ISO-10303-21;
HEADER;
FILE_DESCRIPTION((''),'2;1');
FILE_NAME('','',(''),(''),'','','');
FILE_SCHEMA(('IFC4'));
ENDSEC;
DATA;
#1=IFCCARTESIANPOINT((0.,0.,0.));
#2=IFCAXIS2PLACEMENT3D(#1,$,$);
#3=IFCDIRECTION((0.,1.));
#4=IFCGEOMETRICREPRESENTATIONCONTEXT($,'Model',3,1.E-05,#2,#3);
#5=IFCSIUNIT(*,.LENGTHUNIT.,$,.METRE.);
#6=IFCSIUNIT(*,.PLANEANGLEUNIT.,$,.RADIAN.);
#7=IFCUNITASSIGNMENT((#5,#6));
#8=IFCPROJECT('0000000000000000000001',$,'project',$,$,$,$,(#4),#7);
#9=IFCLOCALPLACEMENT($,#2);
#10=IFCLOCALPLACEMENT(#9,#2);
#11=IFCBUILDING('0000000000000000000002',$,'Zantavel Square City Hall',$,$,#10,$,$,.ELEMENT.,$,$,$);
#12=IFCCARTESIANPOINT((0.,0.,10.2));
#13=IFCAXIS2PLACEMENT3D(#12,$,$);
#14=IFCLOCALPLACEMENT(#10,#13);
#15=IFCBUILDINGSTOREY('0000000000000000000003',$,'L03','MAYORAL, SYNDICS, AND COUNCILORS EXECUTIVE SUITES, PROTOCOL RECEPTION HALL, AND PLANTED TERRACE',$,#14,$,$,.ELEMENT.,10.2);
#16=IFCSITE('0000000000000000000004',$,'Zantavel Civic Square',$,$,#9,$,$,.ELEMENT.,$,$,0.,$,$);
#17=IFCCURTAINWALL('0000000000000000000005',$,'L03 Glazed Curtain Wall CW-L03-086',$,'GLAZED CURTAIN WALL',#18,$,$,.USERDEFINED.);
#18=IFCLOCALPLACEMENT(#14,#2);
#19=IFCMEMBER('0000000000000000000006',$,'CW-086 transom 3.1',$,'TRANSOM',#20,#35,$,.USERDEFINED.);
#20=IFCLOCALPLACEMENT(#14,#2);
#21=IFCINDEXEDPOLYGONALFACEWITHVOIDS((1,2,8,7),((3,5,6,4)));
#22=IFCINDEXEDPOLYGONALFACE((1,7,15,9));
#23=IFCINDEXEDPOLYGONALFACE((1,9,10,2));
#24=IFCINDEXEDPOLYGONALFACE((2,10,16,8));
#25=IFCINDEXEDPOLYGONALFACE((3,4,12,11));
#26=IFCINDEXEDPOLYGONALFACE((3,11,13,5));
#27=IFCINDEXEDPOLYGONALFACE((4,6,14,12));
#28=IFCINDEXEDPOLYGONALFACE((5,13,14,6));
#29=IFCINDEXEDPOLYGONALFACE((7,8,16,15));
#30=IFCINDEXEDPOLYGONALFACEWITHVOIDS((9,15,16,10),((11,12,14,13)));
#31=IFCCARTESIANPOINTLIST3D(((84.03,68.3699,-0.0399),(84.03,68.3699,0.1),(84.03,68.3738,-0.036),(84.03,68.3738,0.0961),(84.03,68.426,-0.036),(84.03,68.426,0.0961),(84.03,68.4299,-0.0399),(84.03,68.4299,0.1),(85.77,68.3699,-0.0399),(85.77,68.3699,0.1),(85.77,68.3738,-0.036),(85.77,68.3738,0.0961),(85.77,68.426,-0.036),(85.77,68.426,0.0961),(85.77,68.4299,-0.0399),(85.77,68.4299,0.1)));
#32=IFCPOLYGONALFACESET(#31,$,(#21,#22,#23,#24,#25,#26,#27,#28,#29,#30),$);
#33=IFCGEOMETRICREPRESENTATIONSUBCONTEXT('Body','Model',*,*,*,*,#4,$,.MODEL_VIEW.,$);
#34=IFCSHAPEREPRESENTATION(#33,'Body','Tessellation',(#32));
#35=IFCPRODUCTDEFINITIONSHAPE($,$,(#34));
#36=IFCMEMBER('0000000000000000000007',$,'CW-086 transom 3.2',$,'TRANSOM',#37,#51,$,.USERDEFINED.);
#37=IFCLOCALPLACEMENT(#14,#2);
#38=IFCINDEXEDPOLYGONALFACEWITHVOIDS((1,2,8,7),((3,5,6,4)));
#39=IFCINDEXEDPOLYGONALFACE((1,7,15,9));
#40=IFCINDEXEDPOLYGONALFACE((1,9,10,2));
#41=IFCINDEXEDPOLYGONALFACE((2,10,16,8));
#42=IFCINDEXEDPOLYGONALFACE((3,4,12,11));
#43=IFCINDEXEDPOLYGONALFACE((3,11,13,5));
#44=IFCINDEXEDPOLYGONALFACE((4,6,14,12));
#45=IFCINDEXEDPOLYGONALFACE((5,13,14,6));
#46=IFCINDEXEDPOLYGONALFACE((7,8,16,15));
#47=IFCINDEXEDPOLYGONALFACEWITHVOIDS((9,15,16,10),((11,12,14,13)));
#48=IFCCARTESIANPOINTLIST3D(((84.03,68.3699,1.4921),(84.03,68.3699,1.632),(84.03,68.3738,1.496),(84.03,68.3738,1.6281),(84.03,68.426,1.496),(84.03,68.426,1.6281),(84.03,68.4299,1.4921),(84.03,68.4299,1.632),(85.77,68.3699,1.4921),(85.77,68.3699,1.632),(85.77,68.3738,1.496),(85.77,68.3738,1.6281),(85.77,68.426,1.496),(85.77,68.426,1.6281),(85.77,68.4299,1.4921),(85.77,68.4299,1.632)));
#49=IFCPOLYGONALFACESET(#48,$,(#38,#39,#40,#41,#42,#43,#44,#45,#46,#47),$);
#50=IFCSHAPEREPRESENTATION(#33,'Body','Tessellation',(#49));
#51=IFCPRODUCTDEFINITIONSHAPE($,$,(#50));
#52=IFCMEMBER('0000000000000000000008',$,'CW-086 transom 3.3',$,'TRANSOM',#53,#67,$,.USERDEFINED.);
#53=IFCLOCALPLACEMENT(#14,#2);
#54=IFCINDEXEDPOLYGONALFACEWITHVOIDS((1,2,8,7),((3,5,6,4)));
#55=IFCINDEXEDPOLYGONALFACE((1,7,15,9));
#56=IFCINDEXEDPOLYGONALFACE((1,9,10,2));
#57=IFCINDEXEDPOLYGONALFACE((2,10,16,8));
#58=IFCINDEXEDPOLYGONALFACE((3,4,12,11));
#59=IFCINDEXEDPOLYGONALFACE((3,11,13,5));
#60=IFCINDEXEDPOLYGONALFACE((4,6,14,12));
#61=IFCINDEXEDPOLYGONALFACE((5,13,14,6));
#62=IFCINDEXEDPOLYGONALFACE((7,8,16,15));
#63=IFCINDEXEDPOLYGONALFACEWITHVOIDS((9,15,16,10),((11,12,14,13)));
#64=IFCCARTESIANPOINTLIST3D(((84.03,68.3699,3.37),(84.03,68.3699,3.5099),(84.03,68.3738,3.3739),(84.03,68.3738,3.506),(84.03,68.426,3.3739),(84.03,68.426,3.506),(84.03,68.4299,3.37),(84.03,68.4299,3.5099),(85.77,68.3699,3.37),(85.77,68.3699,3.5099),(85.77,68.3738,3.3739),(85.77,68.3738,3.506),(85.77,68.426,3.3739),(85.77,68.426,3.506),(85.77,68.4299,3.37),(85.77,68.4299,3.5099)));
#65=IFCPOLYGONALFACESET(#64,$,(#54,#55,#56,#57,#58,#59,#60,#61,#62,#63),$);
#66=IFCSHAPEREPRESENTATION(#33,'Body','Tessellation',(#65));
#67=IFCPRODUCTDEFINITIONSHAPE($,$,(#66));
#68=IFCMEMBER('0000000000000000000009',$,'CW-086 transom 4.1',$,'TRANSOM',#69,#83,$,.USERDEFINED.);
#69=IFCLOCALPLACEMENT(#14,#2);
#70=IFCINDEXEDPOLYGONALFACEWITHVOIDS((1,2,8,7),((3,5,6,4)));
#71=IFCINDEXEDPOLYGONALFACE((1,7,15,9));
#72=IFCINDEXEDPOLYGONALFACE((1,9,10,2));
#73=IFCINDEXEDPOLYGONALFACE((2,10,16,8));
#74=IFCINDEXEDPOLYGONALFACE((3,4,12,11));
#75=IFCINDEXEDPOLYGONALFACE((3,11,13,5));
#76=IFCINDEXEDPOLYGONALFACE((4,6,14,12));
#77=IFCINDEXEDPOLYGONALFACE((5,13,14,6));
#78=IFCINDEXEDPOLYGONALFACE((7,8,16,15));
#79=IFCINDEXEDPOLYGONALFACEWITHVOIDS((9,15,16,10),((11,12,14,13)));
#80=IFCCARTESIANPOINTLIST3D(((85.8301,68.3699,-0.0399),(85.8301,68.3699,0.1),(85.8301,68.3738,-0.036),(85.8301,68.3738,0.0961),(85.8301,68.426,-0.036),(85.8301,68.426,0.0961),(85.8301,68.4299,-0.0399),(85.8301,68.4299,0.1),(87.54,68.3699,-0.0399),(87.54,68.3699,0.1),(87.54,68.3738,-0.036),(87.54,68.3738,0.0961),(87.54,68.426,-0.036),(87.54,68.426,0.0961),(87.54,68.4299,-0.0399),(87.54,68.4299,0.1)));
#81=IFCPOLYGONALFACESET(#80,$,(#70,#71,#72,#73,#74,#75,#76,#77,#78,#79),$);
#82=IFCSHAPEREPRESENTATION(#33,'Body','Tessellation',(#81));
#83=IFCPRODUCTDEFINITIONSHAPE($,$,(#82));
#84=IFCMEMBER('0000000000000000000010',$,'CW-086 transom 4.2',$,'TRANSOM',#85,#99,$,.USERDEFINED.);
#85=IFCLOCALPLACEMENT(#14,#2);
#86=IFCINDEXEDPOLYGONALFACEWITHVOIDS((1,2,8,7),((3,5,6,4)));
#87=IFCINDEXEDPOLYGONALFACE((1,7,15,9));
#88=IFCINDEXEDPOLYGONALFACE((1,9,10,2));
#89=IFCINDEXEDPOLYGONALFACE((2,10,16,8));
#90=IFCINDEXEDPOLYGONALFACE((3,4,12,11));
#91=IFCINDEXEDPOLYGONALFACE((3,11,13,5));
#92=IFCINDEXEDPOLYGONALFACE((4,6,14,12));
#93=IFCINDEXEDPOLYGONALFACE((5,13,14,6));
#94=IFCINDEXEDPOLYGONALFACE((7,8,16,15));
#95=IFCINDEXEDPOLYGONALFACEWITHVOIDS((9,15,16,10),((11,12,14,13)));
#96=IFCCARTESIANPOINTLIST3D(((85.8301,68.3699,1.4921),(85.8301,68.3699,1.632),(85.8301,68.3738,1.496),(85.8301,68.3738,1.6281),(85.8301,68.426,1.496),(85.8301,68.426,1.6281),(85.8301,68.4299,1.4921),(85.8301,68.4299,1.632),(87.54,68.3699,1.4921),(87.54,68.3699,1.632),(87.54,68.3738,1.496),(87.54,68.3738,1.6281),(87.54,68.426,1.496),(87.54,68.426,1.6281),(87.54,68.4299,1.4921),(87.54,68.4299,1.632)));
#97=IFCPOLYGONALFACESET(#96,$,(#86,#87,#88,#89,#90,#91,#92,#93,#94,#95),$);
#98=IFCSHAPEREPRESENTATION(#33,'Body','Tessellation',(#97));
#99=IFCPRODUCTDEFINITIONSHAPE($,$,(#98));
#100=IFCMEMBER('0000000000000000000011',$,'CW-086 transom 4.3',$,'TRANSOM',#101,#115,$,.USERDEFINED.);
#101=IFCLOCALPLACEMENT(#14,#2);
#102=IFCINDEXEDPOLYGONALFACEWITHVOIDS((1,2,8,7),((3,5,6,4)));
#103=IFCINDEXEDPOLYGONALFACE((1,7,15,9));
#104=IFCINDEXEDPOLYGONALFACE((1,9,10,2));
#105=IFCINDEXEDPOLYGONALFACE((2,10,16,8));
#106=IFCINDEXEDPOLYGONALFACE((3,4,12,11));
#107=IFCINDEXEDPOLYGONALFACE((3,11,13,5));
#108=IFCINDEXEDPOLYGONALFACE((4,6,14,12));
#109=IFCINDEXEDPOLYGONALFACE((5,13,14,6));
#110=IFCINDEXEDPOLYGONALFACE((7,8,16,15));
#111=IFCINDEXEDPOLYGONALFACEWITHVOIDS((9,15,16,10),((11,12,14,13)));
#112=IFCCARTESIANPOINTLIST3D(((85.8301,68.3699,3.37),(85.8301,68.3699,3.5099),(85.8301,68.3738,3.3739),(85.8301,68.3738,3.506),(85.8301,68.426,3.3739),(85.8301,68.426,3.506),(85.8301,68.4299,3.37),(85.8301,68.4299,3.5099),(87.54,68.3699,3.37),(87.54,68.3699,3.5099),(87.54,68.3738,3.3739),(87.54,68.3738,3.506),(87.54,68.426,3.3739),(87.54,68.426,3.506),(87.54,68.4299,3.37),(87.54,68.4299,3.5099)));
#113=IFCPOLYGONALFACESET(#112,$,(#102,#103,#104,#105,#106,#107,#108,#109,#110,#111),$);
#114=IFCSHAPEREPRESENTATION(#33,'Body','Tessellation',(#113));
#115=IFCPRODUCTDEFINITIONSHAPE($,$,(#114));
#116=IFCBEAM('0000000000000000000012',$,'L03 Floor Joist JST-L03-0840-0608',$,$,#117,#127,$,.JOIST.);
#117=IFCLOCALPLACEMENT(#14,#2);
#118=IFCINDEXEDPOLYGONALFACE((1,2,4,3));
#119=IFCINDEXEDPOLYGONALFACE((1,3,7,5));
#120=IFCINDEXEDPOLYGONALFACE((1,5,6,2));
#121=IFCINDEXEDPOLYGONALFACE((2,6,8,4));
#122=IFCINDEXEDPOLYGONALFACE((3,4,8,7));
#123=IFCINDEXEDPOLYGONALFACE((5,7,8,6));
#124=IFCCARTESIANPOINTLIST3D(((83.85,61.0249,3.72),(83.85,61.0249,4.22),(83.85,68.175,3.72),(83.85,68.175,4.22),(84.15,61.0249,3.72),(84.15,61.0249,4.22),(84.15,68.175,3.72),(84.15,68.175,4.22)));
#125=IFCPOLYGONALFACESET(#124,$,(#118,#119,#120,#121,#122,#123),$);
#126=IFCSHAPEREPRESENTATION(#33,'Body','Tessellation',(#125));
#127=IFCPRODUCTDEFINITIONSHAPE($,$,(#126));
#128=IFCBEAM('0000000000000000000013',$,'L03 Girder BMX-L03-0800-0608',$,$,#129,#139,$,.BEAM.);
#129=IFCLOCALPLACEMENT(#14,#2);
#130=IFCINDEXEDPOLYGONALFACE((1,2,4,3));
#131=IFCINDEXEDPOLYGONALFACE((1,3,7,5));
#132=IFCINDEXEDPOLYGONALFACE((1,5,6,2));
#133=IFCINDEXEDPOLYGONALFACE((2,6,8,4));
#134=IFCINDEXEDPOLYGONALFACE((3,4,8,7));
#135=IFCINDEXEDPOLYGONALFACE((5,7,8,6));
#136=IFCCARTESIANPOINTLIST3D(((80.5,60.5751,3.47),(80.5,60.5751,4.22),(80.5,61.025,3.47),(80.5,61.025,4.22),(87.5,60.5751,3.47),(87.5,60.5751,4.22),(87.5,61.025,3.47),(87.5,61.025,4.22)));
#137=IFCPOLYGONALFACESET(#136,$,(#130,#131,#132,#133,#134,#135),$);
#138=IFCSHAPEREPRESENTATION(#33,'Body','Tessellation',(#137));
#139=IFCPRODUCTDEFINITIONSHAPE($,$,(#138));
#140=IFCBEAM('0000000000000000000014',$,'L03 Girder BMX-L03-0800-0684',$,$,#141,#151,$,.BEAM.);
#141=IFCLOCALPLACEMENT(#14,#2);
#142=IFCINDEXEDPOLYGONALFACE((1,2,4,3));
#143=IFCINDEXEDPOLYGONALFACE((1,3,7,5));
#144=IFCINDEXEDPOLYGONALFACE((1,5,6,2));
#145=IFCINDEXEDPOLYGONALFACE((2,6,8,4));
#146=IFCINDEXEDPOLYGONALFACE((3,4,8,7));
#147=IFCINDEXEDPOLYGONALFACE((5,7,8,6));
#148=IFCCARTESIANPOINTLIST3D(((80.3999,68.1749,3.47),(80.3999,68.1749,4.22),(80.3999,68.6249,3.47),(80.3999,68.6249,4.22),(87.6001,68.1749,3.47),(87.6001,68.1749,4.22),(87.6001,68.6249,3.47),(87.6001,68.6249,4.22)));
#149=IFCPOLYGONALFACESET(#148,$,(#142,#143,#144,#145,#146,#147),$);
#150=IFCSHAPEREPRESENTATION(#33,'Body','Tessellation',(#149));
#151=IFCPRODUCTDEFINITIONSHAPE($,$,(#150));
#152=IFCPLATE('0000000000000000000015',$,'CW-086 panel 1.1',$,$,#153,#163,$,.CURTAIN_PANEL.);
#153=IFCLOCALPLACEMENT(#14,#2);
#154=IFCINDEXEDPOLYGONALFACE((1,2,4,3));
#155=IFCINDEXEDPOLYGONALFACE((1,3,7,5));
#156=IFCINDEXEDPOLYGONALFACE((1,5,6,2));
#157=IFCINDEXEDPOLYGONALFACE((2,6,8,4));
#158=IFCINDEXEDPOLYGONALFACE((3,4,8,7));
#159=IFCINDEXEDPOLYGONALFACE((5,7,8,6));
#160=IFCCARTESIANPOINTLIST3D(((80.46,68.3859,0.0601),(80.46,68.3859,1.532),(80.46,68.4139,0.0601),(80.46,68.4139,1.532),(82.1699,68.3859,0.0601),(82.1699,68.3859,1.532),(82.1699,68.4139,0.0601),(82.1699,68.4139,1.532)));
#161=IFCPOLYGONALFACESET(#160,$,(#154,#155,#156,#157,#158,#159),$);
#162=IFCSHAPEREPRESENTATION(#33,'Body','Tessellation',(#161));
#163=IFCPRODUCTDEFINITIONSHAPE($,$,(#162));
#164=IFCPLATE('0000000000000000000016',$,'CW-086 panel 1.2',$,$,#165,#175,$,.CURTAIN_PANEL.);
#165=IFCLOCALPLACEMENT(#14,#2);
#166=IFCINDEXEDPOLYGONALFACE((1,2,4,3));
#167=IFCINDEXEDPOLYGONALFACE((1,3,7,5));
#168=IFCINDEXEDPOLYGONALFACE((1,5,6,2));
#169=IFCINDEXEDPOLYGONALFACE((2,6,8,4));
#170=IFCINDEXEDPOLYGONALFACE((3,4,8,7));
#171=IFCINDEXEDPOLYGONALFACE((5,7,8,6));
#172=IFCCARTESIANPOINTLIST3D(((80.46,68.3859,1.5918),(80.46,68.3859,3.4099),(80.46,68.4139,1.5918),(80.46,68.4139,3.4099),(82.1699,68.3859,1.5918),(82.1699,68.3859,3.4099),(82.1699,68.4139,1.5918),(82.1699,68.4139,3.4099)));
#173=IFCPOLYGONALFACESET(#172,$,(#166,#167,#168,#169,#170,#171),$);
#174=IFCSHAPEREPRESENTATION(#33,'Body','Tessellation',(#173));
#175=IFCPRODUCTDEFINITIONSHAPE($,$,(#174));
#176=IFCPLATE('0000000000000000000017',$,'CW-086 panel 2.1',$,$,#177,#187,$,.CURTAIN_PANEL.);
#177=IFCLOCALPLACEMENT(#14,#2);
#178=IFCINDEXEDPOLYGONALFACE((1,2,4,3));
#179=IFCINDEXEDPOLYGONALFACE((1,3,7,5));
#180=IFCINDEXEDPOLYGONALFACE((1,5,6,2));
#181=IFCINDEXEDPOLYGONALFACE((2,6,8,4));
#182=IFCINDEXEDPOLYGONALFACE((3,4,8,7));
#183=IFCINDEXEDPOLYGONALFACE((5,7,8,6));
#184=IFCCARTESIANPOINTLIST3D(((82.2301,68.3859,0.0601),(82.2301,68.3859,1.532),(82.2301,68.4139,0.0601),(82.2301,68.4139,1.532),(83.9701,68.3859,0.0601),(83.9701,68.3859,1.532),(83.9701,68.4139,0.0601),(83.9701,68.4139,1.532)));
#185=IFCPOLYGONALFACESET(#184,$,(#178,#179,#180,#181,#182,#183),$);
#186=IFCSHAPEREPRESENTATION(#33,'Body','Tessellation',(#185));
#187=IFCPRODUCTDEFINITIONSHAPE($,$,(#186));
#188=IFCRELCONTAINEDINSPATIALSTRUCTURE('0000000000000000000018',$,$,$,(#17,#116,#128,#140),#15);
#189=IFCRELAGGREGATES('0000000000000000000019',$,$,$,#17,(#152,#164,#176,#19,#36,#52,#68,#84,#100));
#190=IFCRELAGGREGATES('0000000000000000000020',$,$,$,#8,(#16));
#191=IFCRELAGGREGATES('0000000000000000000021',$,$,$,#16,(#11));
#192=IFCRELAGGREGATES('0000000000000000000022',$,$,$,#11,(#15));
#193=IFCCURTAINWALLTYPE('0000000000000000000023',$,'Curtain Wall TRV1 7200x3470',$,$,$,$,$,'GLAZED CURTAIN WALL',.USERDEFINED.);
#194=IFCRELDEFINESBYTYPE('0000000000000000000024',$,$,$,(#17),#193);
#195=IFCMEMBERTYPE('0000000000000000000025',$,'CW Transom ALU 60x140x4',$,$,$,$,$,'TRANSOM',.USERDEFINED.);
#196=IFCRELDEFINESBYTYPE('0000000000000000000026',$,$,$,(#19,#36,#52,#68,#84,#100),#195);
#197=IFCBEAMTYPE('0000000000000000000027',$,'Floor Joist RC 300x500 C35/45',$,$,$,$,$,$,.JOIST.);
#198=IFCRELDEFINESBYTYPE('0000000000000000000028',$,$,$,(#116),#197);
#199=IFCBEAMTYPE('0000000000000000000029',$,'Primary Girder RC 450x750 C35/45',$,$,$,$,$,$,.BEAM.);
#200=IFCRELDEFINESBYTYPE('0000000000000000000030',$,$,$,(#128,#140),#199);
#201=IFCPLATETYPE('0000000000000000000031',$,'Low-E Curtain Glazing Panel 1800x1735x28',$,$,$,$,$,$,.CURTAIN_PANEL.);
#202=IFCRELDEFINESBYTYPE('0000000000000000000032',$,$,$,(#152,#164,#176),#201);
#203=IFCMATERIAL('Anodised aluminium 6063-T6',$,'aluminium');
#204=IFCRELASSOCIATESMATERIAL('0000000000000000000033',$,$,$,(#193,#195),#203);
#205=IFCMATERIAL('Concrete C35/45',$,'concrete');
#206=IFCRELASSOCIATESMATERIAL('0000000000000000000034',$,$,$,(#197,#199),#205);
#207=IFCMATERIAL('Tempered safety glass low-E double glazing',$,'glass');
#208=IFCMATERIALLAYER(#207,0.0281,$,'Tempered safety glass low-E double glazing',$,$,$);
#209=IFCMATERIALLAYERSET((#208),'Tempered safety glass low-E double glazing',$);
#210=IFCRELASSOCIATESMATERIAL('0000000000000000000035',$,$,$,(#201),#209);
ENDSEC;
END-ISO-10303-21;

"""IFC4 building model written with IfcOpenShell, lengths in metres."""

from ifc_helpers import new_model, si_unit, direction, frame, origin, origin_2d, place, context, subcontext, project, spatial, rectangle, hollow_rectangle, extrude, material, layer, layer_set, material_profile, profile_set, type_object, element, aggregate, save


model = new_model("IFC4")

# Units and contexts
model_context = context("Model", 3, precision=1e-05, world=origin(), true_north=direction((0.0, 1.0)))
body_context = subcontext(model_context, "Body", "Model", "MODEL_VIEW")
ifc_project = project(units=[si_unit("LENGTHUNIT", "METRE"), si_unit("PLANEANGLEUNIT", "RADIAN")], contexts=[model_context])

# Site, building, storey
site_placement = place(None, origin())
site = spatial("IfcSite", under=ifc_project, at=site_placement, Name="Zantavel Civic Square", CompositionType="ELEMENT", RefElevation=0.0)
building_placement = place(site_placement, origin())
building = spatial("IfcBuilding", under=site, at=building_placement, Name="Zantavel Square City Hall", CompositionType="ELEMENT")
storey_placement = place(building_placement, frame((0.0, 0.0, 10.2)))
storey = spatial("IfcBuildingStorey", under=building, at=storey_placement, Name="L03", Description="MAYORAL, SYNDICS, AND COUNCILORS EXECUTIVE SUITES, PROTOCOL RECEPTION HALL, AND PLANTED TERRACE", CompositionType="ELEMENT", Elevation=10.2)

# Curtain wall, members
ifc_material_1 = material(Name="Anodised aluminium 6063-T6", Category="aluminium")
curtain_wall_type = type_object("IfcCurtainWallType", Name="Curtain Wall TRV1 7200x3470", ElementType="GLAZED CURTAIN WALL", PredefinedType="USERDEFINED", material=ifc_material_1)
curtain_wall_placement = place(storey_placement, origin())
curtain_wall = element("IfcCurtainWall", 1, at=curtain_wall_placement, inside=storey, type_object=curtain_wall_type, Name="L03 Glazed Curtain Wall CW-L03-086", ObjectType="GLAZED CURTAIN WALL", PredefinedType="USERDEFINED")
ifc_material_profile_1 = material_profile(ifc_material_1, hollow_rectangle(XDim=0.0601, YDim=0.1399, WallThickness=0.0039, at=origin_2d()), Name="ALU 60x140x4")
ifc_profile_set_1 = profile_set([ifc_material_profile_1], Name="Anodised aluminium 6063-T6")
member_type_1 = type_object("IfcMemberType", Name="CW Transom ALU 60x140x4", ElementType="TRANSOM", PredefinedType="USERDEFINED", material=ifc_profile_set_1)
member_1_placement = place(storey_placement, frame((84.03, 68.3999, 0.03), z_axis=(1.0, 0.0, 0.0), x_axis=(0.0, 1.0, 0.0)))
member_1 = element("IfcMember", 2, at=member_1_placement, type_object=member_type_1, Name="CW-086 transom 3.1", ObjectType="TRANSOM", PredefinedType="USERDEFINED", context=body_context, shape_type="SweptSolid", body=[
    extrude(hollow_rectangle(XDim=0.0601, YDim=0.1399, WallThickness=0.0039, at=origin_2d()), origin(), (0.0, 0.0, 1.0), 1.74),
])
member_2_placement = place(storey_placement, frame((84.03, 68.3999, 1.562), z_axis=(1.0, 0.0, 0.0), x_axis=(0.0, 1.0, 0.0)))
member_2 = element("IfcMember", 3, at=member_2_placement, type_object=member_type_1, Name="CW-086 transom 3.2", ObjectType="TRANSOM", PredefinedType="USERDEFINED", context=body_context, shape_type="SweptSolid", body=[
    extrude(hollow_rectangle(XDim=0.0601, YDim=0.1399, WallThickness=0.0039, at=origin_2d()), origin(), (0.0, 0.0, 1.0), 1.74),
])
member_3_placement = place(storey_placement, frame((84.03, 68.3999, 3.4399), z_axis=(1.0, 0.0, 0.0), x_axis=(0.0, 1.0, 0.0)))
member_3 = element("IfcMember", 4, at=member_3_placement, type_object=member_type_1, Name="CW-086 transom 3.3", ObjectType="TRANSOM", PredefinedType="USERDEFINED", context=body_context, shape_type="SweptSolid", body=[
    extrude(hollow_rectangle(XDim=0.0601, YDim=0.1399, WallThickness=0.0039, at=origin_2d()), origin(), (0.0, 0.0, 1.0), 1.74),
])
member_4_placement = place(storey_placement, frame((85.8301, 68.3999, 0.03), z_axis=(1.0, 0.0, 0.0), x_axis=(0.0, 1.0, 0.0)))
member_4 = element("IfcMember", 5, at=member_4_placement, type_object=member_type_1, Name="CW-086 transom 4.1", ObjectType="TRANSOM", PredefinedType="USERDEFINED", context=body_context, shape_type="SweptSolid", body=[
    extrude(hollow_rectangle(XDim=0.0601, YDim=0.1399, WallThickness=0.0039, at=origin_2d()), origin(), (0.0, 0.0, 1.0), 1.71),
])
member_5_placement = place(storey_placement, frame((85.8301, 68.3999, 1.562), z_axis=(1.0, 0.0, 0.0), x_axis=(0.0, 1.0, 0.0)))
member_5 = element("IfcMember", 6, at=member_5_placement, type_object=member_type_1, Name="CW-086 transom 4.2", ObjectType="TRANSOM", PredefinedType="USERDEFINED", context=body_context, shape_type="SweptSolid", body=[
    extrude(hollow_rectangle(XDim=0.0601, YDim=0.1399, WallThickness=0.0039, at=origin_2d()), origin(), (0.0, 0.0, 1.0), 1.71),
])
member_6_placement = place(storey_placement, frame((85.8301, 68.3999, 3.4399), z_axis=(1.0, 0.0, 0.0), x_axis=(0.0, 1.0, 0.0)))
member_6 = element("IfcMember", 7, at=member_6_placement, type_object=member_type_1, Name="CW-086 transom 4.3", ObjectType="TRANSOM", PredefinedType="USERDEFINED", context=body_context, shape_type="SweptSolid", body=[
    extrude(hollow_rectangle(XDim=0.0601, YDim=0.1399, WallThickness=0.0039, at=origin_2d()), origin(), (0.0, 0.0, 1.0), 1.71),
])

# Beams
ifc_material_2 = material(Name="Concrete C35/45", Category="concrete")
ifc_material_profile_2 = material_profile(ifc_material_2, rectangle(XDim=0.3, YDim=0.5, at=origin_2d()), Name="RC 300x500")
ifc_profile_set_2 = profile_set([ifc_material_profile_2], Name="Concrete C35/45")
beam_type_1 = type_object("IfcBeamType", Name="Floor Joist RC 300x500 C35/45", PredefinedType="JOIST", material=ifc_profile_set_2)
beam_1_placement = place(storey_placement, frame((84.0, 61.0249, 3.97), z_axis=(0.0, 1.0, 0.0), x_axis=(-1.0, 0.0, 0.0)))
element("IfcBeam", 8, at=beam_1_placement, inside=storey, type_object=beam_type_1, Name="L03 Floor Joist JST-L03-0840-0608", PredefinedType="JOIST", context=body_context, shape_type="SweptSolid", body=[
    extrude(rectangle(XDim=0.3, YDim=0.5, at=origin_2d()), origin(), (0.0, 0.0, 1.0), 7.1501),
])
ifc_material_profile_3 = material_profile(ifc_material_2, rectangle(XDim=0.45, YDim=0.75, at=origin_2d()), Name="RC 450x750")
ifc_profile_set_3 = profile_set([ifc_material_profile_3], Name="Concrete C35/45")
beam_type_2 = type_object("IfcBeamType", Name="Primary Girder RC 450x750 C35/45", PredefinedType="BEAM", material=ifc_profile_set_3)
beam_2_placement = place(storey_placement, frame((80.5, 60.8, 3.845), z_axis=(1.0, 0.0, 0.0), x_axis=(0.0, 1.0, 0.0)))
element("IfcBeam", 9, at=beam_2_placement, inside=storey, type_object=beam_type_2, Name="L03 Girder BMX-L03-0800-0608", PredefinedType="BEAM", context=body_context, shape_type="SweptSolid", body=[
    extrude(rectangle(XDim=0.45, YDim=0.75, at=origin_2d()), origin(), (0.0, 0.0, 1.0), 7.0),
])
beam_3_placement = place(storey_placement, frame((80.3999, 68.3999, 3.845), z_axis=(1.0, 0.0, 0.0), x_axis=(0.0, 1.0, 0.0)))
element("IfcBeam", 10, at=beam_3_placement, inside=storey, type_object=beam_type_2, Name="L03 Girder BMX-L03-0800-0684", PredefinedType="BEAM", context=body_context, shape_type="SweptSolid", body=[
    extrude(rectangle(XDim=0.45, YDim=0.75, at=origin_2d()), origin(), (0.0, 0.0, 1.0), 7.2002),
])

# Plates
ifc_material_3 = material(Name="Tempered safety glass low-E double glazing", Category="glass")
ifc_layer = layer(ifc_material_3, 0.0281, Name="Tempered safety glass low-E double glazing")
ifc_layer_set = layer_set([ifc_layer], Name="Tempered safety glass low-E double glazing")
plate_type = type_object("IfcPlateType", Name="Low-E Curtain Glazing Panel 1800x1735x28", PredefinedType="CURTAIN_PANEL", material=ifc_layer_set)
plate_1_placement = place(storey_placement, frame((81.3149, 68.3999, 0.0601), z_axis=(0.0, 0.0, 1.0), x_axis=(1.0, 0.0, 0.0)))
plate_1 = element("IfcPlate", 11, at=plate_1_placement, type_object=plate_type, Name="CW-086 panel 1.1", PredefinedType="CURTAIN_PANEL", context=body_context, shape_type="SweptSolid", body=[
    extrude(rectangle(XDim=1.71, YDim=0.0281, at=origin_2d()), origin(), (0.0, 0.0, 1.0), 1.4719),
])
plate_2_placement = place(storey_placement, frame((81.3149, 68.3999, 1.5918), z_axis=(0.0, 0.0, 1.0), x_axis=(1.0, 0.0, 0.0)))
plate_2 = element("IfcPlate", 12, at=plate_2_placement, type_object=plate_type, Name="CW-086 panel 1.2", PredefinedType="CURTAIN_PANEL", context=body_context, shape_type="SweptSolid", body=[
    extrude(rectangle(XDim=1.71, YDim=0.0281, at=origin_2d()), origin(), (0.0, 0.0, 1.0), 1.8181),
])
plate_3_placement = place(storey_placement, frame((83.1001, 68.3999, 0.0601), z_axis=(0.0, 0.0, 1.0), x_axis=(1.0, 0.0, 0.0)))
plate_3 = element("IfcPlate", 13, at=plate_3_placement, type_object=plate_type, Name="CW-086 panel 2.1", PredefinedType="CURTAIN_PANEL", context=body_context, shape_type="SweptSolid", body=[
    extrude(rectangle(XDim=1.74, YDim=0.0281, at=origin_2d()), origin(), (0.0, 0.0, 1.0), 1.4719),
])
aggregate(curtain_wall, [plate_1, plate_2, plate_3, member_1, member_2, member_3, member_4, member_5, member_6])

save(model, "model.ifc")
